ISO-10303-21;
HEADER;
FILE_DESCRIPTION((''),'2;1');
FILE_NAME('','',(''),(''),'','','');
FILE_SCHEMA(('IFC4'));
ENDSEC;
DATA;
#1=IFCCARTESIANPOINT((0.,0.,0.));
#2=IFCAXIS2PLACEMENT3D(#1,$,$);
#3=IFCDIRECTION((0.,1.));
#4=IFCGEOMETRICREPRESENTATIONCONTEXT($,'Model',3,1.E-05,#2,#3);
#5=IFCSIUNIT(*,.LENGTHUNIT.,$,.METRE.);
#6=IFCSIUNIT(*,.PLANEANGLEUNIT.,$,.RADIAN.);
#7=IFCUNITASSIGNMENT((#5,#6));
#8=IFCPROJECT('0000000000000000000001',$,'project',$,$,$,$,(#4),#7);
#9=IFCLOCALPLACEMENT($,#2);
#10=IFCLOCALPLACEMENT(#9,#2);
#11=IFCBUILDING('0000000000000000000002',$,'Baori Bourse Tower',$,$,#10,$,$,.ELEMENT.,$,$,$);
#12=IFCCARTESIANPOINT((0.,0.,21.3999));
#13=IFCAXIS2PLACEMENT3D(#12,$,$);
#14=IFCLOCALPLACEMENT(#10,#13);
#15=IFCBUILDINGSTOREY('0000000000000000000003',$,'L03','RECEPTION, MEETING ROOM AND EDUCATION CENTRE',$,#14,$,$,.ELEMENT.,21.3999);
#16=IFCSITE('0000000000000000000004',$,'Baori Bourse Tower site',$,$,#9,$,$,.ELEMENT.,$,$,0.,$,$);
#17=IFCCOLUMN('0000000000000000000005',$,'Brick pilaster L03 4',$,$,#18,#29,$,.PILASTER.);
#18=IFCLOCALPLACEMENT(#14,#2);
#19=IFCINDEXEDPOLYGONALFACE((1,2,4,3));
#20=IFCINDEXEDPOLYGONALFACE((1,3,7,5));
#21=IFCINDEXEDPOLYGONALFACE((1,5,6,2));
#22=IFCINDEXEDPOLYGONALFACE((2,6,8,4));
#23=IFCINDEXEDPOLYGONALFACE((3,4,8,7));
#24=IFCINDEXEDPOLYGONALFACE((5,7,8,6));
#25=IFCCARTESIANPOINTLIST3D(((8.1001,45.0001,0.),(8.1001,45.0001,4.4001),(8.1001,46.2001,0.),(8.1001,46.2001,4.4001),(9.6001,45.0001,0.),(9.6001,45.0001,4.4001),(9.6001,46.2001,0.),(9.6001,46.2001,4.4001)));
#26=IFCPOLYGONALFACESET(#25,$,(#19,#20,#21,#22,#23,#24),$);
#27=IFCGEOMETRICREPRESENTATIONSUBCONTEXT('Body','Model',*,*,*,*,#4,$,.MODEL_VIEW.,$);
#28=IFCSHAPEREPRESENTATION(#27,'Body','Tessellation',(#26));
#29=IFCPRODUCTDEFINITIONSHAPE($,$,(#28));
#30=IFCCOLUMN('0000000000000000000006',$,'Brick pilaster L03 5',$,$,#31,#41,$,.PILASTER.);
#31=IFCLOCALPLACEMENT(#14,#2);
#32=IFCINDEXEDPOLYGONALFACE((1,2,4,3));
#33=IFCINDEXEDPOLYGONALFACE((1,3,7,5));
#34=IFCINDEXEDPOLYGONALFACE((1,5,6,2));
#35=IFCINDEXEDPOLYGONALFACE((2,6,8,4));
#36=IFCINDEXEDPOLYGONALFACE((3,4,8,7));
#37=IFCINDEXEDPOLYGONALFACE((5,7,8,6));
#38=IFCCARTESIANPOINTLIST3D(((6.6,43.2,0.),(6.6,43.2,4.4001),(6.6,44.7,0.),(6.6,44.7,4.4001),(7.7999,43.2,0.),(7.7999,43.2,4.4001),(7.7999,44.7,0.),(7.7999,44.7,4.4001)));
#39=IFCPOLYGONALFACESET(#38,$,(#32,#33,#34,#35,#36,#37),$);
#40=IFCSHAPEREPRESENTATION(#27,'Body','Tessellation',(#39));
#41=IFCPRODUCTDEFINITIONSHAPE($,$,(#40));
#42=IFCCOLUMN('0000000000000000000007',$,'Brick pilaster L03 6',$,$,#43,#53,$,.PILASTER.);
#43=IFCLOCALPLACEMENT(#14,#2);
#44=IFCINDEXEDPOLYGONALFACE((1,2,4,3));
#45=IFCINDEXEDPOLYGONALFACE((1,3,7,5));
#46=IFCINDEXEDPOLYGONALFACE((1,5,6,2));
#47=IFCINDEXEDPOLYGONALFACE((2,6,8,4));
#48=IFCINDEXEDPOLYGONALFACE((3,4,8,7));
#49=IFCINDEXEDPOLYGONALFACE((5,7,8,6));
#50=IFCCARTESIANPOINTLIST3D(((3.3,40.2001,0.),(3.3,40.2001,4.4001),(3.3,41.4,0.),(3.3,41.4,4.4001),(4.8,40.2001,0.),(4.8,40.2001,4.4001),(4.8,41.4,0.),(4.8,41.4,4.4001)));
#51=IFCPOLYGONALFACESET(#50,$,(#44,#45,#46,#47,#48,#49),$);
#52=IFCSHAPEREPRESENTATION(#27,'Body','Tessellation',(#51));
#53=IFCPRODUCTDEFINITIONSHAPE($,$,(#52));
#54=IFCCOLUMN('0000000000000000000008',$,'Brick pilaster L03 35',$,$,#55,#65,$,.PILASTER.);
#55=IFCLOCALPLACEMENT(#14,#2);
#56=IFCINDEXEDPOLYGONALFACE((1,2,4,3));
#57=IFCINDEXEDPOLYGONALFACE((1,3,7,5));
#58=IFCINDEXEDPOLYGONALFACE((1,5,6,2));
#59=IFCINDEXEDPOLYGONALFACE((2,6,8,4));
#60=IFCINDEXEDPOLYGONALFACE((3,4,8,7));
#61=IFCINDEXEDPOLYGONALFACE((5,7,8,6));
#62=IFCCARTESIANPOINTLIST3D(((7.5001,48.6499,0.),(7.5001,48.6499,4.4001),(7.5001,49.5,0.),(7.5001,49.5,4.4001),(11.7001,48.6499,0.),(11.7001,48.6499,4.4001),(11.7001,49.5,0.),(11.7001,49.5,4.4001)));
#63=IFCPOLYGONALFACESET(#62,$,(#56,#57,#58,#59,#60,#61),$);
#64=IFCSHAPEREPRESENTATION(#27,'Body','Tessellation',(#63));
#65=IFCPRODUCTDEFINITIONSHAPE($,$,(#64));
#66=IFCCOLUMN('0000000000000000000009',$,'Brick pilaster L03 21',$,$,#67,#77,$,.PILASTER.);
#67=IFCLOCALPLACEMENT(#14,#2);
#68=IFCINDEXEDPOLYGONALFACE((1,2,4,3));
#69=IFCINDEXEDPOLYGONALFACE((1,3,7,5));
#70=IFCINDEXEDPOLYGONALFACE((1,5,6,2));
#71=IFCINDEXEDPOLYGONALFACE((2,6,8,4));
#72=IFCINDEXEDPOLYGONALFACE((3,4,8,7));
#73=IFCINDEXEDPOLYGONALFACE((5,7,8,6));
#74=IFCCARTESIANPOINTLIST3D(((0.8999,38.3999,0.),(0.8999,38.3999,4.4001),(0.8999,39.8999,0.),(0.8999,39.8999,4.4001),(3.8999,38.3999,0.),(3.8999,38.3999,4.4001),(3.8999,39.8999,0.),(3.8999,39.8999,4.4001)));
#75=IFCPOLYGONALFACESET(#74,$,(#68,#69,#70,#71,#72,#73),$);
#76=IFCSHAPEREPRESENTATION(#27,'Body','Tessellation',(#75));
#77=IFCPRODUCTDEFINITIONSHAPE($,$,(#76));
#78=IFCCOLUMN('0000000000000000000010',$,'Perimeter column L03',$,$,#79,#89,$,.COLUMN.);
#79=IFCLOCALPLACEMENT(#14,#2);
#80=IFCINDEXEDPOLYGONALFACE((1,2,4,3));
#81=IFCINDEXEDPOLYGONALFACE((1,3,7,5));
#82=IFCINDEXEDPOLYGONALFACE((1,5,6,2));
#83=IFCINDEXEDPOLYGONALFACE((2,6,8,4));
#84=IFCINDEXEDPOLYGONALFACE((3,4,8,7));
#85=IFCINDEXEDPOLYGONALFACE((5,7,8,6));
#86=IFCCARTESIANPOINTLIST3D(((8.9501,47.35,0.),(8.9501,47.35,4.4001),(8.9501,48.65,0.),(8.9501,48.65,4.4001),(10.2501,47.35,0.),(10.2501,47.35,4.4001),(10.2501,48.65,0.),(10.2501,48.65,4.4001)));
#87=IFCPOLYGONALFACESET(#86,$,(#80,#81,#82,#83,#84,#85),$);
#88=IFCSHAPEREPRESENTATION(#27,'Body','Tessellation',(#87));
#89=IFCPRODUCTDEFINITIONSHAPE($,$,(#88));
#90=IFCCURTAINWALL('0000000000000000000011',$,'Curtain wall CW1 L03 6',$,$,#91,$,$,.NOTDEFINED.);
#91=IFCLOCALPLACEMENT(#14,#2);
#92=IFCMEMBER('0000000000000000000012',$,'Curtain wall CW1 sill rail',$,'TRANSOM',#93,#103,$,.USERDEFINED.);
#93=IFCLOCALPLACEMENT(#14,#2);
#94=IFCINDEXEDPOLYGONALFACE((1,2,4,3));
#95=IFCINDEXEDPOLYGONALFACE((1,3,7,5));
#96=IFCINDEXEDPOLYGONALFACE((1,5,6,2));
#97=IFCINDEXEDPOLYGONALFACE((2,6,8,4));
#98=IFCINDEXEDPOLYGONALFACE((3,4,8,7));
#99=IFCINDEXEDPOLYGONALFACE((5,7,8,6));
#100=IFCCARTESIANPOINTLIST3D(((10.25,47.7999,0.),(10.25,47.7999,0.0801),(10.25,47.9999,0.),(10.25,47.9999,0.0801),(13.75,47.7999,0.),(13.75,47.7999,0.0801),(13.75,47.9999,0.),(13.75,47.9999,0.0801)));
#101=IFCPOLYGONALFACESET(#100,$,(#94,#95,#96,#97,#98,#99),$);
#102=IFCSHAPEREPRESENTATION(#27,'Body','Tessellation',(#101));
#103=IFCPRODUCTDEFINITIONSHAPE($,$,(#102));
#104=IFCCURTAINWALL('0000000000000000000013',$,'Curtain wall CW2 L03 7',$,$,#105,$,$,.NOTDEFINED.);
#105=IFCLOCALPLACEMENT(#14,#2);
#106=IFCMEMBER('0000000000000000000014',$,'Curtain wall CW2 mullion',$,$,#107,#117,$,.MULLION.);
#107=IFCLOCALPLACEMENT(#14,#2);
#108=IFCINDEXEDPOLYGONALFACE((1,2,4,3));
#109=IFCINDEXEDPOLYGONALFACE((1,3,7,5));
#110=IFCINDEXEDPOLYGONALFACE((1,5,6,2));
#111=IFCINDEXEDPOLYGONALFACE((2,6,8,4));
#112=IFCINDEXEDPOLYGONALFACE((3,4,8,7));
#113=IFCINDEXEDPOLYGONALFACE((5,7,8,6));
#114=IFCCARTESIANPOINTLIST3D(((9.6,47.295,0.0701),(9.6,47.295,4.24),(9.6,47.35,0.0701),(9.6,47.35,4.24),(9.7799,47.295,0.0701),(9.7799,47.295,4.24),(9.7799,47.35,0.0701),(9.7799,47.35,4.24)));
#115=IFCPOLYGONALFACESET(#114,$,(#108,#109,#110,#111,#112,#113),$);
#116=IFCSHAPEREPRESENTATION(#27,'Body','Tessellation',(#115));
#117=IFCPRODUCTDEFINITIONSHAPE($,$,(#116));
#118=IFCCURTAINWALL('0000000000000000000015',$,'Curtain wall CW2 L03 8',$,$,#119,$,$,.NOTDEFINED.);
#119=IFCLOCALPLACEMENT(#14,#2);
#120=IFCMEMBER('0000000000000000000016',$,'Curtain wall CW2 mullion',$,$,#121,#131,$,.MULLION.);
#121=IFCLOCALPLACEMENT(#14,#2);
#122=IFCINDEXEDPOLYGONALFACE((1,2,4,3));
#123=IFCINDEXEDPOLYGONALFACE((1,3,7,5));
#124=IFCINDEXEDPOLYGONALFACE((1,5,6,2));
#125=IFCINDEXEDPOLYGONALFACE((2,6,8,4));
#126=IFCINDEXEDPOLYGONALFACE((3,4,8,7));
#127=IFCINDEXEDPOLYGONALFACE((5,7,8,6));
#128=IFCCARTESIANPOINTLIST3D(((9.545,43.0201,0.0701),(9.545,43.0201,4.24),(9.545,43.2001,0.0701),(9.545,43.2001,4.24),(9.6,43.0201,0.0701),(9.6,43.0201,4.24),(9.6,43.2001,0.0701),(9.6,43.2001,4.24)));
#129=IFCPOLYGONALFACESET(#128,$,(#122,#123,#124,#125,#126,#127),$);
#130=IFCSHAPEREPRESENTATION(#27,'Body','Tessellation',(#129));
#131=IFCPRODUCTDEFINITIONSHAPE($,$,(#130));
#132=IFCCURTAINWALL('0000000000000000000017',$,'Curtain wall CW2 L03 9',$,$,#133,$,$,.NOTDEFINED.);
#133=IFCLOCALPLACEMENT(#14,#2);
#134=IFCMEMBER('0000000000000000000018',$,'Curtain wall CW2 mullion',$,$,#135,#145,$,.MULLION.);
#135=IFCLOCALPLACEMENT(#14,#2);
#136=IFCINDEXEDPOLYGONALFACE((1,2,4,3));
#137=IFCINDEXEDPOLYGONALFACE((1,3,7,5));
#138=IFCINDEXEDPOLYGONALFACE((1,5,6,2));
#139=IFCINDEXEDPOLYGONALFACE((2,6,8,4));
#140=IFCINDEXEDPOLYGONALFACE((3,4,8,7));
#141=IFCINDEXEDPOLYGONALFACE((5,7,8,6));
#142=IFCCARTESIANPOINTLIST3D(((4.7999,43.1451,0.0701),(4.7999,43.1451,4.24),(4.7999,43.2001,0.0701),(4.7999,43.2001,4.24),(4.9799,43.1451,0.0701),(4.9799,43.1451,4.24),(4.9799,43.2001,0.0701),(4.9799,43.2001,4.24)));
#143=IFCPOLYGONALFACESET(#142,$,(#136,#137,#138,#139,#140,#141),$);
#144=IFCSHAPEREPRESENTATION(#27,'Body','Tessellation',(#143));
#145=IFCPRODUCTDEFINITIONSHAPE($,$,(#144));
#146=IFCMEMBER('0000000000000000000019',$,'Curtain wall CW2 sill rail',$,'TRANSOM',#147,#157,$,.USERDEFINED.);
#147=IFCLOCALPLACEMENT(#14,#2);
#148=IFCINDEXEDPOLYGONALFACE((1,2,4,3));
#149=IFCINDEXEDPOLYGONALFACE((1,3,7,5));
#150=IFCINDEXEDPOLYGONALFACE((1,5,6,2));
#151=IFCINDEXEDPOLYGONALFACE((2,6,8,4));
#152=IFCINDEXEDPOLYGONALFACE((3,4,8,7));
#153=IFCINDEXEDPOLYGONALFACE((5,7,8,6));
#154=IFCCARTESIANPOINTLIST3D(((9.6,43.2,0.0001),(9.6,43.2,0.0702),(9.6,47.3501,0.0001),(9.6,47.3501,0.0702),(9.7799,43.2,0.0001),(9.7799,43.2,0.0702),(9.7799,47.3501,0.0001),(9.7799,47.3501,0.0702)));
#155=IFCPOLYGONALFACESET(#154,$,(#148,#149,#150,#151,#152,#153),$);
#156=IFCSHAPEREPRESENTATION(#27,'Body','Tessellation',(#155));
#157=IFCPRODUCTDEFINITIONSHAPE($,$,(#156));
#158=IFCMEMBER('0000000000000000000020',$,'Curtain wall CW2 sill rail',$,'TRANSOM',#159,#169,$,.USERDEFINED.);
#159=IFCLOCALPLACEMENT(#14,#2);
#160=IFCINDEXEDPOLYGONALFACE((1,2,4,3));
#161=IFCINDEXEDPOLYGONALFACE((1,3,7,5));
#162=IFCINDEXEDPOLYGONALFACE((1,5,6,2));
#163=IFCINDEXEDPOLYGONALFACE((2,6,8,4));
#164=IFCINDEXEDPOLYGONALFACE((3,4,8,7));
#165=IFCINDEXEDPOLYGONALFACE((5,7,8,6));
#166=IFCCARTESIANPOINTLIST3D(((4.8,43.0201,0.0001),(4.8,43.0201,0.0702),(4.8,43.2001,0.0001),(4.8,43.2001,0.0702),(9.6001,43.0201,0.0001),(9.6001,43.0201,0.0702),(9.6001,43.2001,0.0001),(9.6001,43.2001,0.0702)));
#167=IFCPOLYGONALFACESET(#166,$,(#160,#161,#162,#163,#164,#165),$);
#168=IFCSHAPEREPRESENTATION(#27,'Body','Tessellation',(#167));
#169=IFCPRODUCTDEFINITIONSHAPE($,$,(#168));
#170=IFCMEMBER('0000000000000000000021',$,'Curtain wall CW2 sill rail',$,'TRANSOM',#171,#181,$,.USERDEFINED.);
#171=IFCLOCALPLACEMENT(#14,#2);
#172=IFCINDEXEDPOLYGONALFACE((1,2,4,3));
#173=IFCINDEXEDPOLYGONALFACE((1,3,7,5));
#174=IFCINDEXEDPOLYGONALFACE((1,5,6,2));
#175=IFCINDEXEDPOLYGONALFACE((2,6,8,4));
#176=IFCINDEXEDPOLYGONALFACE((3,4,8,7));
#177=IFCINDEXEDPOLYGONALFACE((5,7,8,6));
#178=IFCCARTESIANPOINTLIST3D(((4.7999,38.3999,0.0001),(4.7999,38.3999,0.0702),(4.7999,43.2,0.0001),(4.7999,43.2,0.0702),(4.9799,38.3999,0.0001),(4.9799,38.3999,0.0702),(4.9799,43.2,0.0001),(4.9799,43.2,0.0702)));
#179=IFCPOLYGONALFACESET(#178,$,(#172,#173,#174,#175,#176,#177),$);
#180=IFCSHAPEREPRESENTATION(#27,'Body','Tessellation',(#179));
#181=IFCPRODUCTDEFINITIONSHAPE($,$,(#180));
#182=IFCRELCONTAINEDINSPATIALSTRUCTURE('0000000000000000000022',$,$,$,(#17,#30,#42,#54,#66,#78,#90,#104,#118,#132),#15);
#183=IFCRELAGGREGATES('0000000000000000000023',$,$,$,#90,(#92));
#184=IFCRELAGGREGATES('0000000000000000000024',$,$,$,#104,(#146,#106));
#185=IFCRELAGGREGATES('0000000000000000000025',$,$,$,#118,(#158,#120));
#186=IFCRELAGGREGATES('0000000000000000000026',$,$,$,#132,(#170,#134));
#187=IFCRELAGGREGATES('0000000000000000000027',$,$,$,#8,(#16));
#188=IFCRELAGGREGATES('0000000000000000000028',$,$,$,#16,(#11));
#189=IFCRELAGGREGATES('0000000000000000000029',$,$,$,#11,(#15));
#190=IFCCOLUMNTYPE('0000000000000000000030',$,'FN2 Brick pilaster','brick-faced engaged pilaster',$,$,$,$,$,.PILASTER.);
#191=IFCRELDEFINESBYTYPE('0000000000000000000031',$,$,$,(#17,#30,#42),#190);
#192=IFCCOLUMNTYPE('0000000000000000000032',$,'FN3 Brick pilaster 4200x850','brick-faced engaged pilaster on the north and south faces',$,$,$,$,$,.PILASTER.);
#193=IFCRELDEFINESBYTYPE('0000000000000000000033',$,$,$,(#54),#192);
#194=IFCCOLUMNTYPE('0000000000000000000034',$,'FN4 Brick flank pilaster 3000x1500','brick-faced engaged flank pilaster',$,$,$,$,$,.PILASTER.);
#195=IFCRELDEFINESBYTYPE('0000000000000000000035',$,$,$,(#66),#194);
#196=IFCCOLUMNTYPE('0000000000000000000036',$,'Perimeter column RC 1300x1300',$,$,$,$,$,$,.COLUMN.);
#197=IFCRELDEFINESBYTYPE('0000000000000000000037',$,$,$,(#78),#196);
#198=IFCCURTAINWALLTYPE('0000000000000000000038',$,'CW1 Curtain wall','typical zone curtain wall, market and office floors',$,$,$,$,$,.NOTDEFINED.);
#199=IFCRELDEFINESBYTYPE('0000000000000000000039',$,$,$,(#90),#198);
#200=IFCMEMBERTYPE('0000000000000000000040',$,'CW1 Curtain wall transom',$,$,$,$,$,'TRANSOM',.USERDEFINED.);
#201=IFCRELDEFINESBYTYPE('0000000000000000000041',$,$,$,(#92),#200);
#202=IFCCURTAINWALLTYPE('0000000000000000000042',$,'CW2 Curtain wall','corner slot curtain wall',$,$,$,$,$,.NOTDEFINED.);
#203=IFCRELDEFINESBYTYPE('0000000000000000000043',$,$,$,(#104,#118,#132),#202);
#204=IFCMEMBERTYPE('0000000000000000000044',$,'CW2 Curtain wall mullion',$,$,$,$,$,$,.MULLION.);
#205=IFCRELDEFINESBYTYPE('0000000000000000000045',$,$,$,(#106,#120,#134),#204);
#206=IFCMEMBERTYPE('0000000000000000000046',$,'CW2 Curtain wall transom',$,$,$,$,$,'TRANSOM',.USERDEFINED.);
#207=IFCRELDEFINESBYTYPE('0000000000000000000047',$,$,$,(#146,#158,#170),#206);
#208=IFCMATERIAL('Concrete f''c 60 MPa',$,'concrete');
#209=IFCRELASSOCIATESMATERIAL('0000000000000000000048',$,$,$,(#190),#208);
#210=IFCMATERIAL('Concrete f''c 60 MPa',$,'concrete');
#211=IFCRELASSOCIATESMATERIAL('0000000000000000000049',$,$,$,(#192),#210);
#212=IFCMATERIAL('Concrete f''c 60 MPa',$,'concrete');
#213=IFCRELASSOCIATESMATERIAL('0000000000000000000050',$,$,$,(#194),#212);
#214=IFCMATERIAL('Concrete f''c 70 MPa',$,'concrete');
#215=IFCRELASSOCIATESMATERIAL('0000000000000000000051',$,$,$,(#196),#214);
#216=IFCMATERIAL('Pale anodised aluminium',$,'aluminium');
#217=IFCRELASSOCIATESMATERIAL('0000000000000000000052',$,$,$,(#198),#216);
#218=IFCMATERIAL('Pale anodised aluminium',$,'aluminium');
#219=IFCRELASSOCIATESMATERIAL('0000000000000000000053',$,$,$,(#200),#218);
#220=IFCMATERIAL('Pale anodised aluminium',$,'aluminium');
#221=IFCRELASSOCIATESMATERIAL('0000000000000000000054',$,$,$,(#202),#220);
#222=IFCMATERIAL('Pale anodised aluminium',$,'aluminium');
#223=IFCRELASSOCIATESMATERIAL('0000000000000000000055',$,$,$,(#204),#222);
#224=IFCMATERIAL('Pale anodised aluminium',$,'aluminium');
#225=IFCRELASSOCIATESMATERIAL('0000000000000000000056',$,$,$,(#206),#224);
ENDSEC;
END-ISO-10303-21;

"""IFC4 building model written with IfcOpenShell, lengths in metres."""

from ifc_helpers import new_model, si_unit, direction, frame, origin, origin_2d, place, context, subcontext, project, spatial, rectangle, extrude, material, material_profile, profile_set, type_object, element, aggregate, save


model = new_model("IFC4")

# Units and contexts
model_context = context("Model", 3, precision=1e-05, world=origin(), true_north=direction((0.0, 1.0)))
body_context = subcontext(model_context, "Body", "Model", "MODEL_VIEW")
ifc_project = project(units=[si_unit("LENGTHUNIT", "METRE"), si_unit("PLANEANGLEUNIT", "RADIAN")], contexts=[model_context])

# Site, building, storey
site_placement = place(None, origin())
site = spatial("IfcSite", under=ifc_project, at=site_placement, Name="Baori Bourse Tower site", CompositionType="ELEMENT", RefElevation=0.0)
building_placement = place(site_placement, origin())
building = spatial("IfcBuilding", under=site, at=building_placement, Name="Baori Bourse Tower", CompositionType="ELEMENT")
storey_placement = place(building_placement, frame((0.0, 0.0, 21.3999)))
storey = spatial("IfcBuildingStorey", under=building, at=storey_placement, Name="L03", Description="RECEPTION, MEETING ROOM AND EDUCATION CENTRE", CompositionType="ELEMENT", Elevation=21.3999)

# Columns
ifc_material_1 = material(Name="Concrete f'c 60 MPa", Category="concrete")
ifc_material_profile_1 = material_profile(ifc_material_1, rectangle(XDim=1.2, YDim=1.5, at=origin_2d()), Name="RC 1200x1500")
ifc_profile_set_1 = profile_set([ifc_material_profile_1], Name="Concrete f'c 60 MPa")
column_type_1 = type_object("IfcColumnType", Name="FN2 Brick pilaster", Description="brick-faced engaged pilaster", PredefinedType="PILASTER", material=ifc_profile_set_1)
for number, where, z_axis, x_axis, name in (
    (1, (8.8501, 45.6001, 0.0), (0.0, 0.0, 1.0), (0.0, 1.0, 0.0), "Brick pilaster L03 4"),
    (2, (7.2, 43.95, 0.0), (0.0, 0.0, 1.0), (1.0, 0.0, 0.0), "Brick pilaster L03 5"),
    (3, (4.05, 40.8, 0.0), (0.0, 0.0, 1.0), (0.0, 1.0, 0.0), "Brick pilaster L03 6"),
):
    element("IfcColumn", number, at=place(storey_placement, frame(where, z_axis=z_axis, x_axis=x_axis)), inside=storey, type_object=column_type_1, Name=name, PredefinedType="PILASTER", context=body_context, shape_type="SweptSolid", body=[
        extrude(rectangle(XDim=1.2, YDim=1.5, at=origin_2d()), origin(), (0.0, 0.0, 1.0), 4.4001),
    ])
ifc_material_2 = material(Name="Concrete f'c 60 MPa", Category="concrete")
ifc_material_profile_2 = material_profile(ifc_material_2, rectangle(XDim=4.2, YDim=0.8501, at=origin_2d()), Name="RC 4200x850")
ifc_profile_set_2 = profile_set([ifc_material_profile_2], Name="Concrete f'c 60 MPa")
column_type_2 = type_object("IfcColumnType", Name="FN3 Brick pilaster 4200x850", Description="brick-faced engaged pilaster on the north and south faces", PredefinedType="PILASTER", material=ifc_profile_set_2)
column_1_placement = place(storey_placement, frame((9.6001, 49.075, 0.0), z_axis=(0.0, 0.0, 1.0), x_axis=(1.0, 0.0, 0.0)))
element("IfcColumn", 4, at=column_1_placement, inside=storey, type_object=column_type_2, Name="Brick pilaster L03 35", PredefinedType="PILASTER", context=body_context, shape_type="SweptSolid", body=[
    extrude(rectangle(XDim=4.2, YDim=0.8501, at=origin_2d()), origin(), (0.0, 0.0, 1.0), 4.4001),
])
ifc_material_3 = material(Name="Concrete f'c 60 MPa", Category="concrete")
ifc_material_profile_3 = material_profile(ifc_material_3, rectangle(XDim=3.0, YDim=1.5, at=origin_2d()), Name="RC 3000x1500")
ifc_profile_set_3 = profile_set([ifc_material_profile_3], Name="Concrete f'c 60 MPa")
column_type_3 = type_object("IfcColumnType", Name="FN4 Brick flank pilaster 3000x1500", Description="brick-faced engaged flank pilaster", PredefinedType="PILASTER", material=ifc_profile_set_3)
column_2_placement = place(storey_placement, frame((2.3999, 39.1499, 0.0), z_axis=(0.0, 0.0, 1.0), x_axis=(1.0, 0.0, 0.0)))
element("IfcColumn", 5, at=column_2_placement, inside=storey, type_object=column_type_3, Name="Brick pilaster L03 21", PredefinedType="PILASTER", context=body_context, shape_type="SweptSolid", body=[
    extrude(rectangle(XDim=3.0, YDim=1.5, at=origin_2d()), origin(), (0.0, 0.0, 1.0), 4.4001),
])
ifc_material_4 = material(Name="Concrete f'c 70 MPa", Category="concrete")
ifc_material_profile_4 = material_profile(ifc_material_4, rectangle(XDim=1.3, YDim=1.3, at=origin_2d()), Name="RC 1300x1300")
ifc_profile_set_4 = profile_set([ifc_material_profile_4], Name="Concrete f'c 70 MPa")
column_type_4 = type_object("IfcColumnType", Name="Perimeter column RC 1300x1300", PredefinedType="COLUMN", material=ifc_profile_set_4)
column_3_placement = place(storey_placement, frame((9.6001, 48.0, 0.0), z_axis=(0.0, 0.0, 1.0), x_axis=(1.0, 0.0, 0.0)))
element("IfcColumn", 6, at=column_3_placement, inside=storey, type_object=column_type_4, Name="Perimeter column L03", PredefinedType="COLUMN", context=body_context, shape_type="SweptSolid", body=[
    extrude(rectangle(XDim=1.3, YDim=1.3, at=origin_2d()), origin(), (0.0, 0.0, 1.0), 4.4001),
])

# Curtain walls, members
ifc_material_5 = material(Name="Pale anodised aluminium", Category="aluminium")
curtain_wall_type_1 = type_object("IfcCurtainWallType", Name="CW1 Curtain wall", Description="typical zone curtain wall, market and office floors", PredefinedType="NOTDEFINED", material=ifc_material_5)
curtain_wall_1_placement = place(storey_placement, origin())
curtain_wall_1 = element("IfcCurtainWall", 7, at=curtain_wall_1_placement, inside=storey, type_object=curtain_wall_type_1, Name="Curtain wall CW1 L03 6", PredefinedType="NOTDEFINED")
ifc_material_6 = material(Name="Pale anodised aluminium", Category="aluminium")
ifc_material_profile_5 = material_profile(ifc_material_6, rectangle(XDim=0.2, YDim=0.0801, at=origin_2d()), Name="Transom 80x200")
ifc_profile_set_5 = profile_set([ifc_material_profile_5], Name="Pale anodised aluminium")
member_type_1 = type_object("IfcMemberType", Name="CW1 Curtain wall transom", ElementType="TRANSOM", PredefinedType="USERDEFINED", material=ifc_profile_set_5)
member_1_placement = place(storey_placement, frame((13.75, 47.8999, 0.04), z_axis=(-1.0, 0.0, 0.0), x_axis=(0.0, -1.0, 0.0)))
member_1 = element("IfcMember", 8, at=member_1_placement, type_object=member_type_1, Name="Curtain wall CW1 sill rail", ObjectType="TRANSOM", PredefinedType="USERDEFINED", context=body_context, shape_type="SweptSolid", body=[
    extrude(rectangle(XDim=0.2, YDim=0.0801, at=origin_2d()), origin(), (0.0, 0.0, 1.0), 3.5),
])
ifc_material_7 = material(Name="Pale anodised aluminium", Category="aluminium")
curtain_wall_type_2 = type_object("IfcCurtainWallType", Name="CW2 Curtain wall", Description="corner slot curtain wall", PredefinedType="NOTDEFINED", material=ifc_material_7)
curtain_wall_2_placement = place(storey_placement, origin())
curtain_wall_2 = element("IfcCurtainWall", 9, at=curtain_wall_2_placement, inside=storey, type_object=curtain_wall_type_2, Name="Curtain wall CW2 L03 7", PredefinedType="NOTDEFINED")
ifc_material_8 = material(Name="Pale anodised aluminium", Category="aluminium")
ifc_material_profile_6 = material_profile(ifc_material_8, rectangle(XDim=0.1799, YDim=0.0549, at=origin_2d()), Name="Mullion 55x180")
ifc_profile_set_6 = profile_set([ifc_material_profile_6], Name="Pale anodised aluminium")
member_type_2 = type_object("IfcMemberType", Name="CW2 Curtain wall mullion", PredefinedType="MULLION", material=ifc_profile_set_6)
member_2_placement = place(storey_placement, frame((9.6899, 47.3225, 0.0701), z_axis=(0.0, 0.0, 1.0), x_axis=(1.0, 0.0, 0.0)))
member_2 = element("IfcMember", 10, at=member_2_placement, type_object=member_type_2, Name="Curtain wall CW2 mullion", PredefinedType="MULLION", context=body_context, shape_type="SweptSolid", body=[
    extrude(rectangle(XDim=0.1799, YDim=0.0549, at=origin_2d()), origin(), (0.0, 0.0, 1.0), 4.1699),
])
curtain_wall_3_placement = place(storey_placement, origin())
curtain_wall_3 = element("IfcCurtainWall", 11, at=curtain_wall_3_placement, inside=storey, type_object=curtain_wall_type_2, Name="Curtain wall CW2 L03 8", PredefinedType="NOTDEFINED")
member_3_placement = place(storey_placement, frame((9.5725, 43.1101, 0.0701), z_axis=(0.0, 0.0, 1.0), x_axis=(0.0, -1.0, 0.0)))
member_3 = element("IfcMember", 12, at=member_3_placement, type_object=member_type_2, Name="Curtain wall CW2 mullion", PredefinedType="MULLION", context=body_context, shape_type="SweptSolid", body=[
    extrude(rectangle(XDim=0.1799, YDim=0.0549, at=origin_2d()), origin(), (0.0, 0.0, 1.0), 4.1699),
])
curtain_wall_4_placement = place(storey_placement, origin())
curtain_wall_4 = element("IfcCurtainWall", 13, at=curtain_wall_4_placement, inside=storey, type_object=curtain_wall_type_2, Name="Curtain wall CW2 L03 9", PredefinedType="NOTDEFINED")
member_4_placement = place(storey_placement, frame((4.8899, 43.1726, 0.0701), z_axis=(0.0, 0.0, 1.0), x_axis=(1.0, 0.0, 0.0)))
member_4 = element("IfcMember", 14, at=member_4_placement, type_object=member_type_2, Name="Curtain wall CW2 mullion", PredefinedType="MULLION", context=body_context, shape_type="SweptSolid", body=[
    extrude(rectangle(XDim=0.1799, YDim=0.0549, at=origin_2d()), origin(), (0.0, 0.0, 1.0), 4.1699),
])

# Members
ifc_material_9 = material(Name="Pale anodised aluminium", Category="aluminium")
ifc_material_profile_7 = material_profile(ifc_material_9, rectangle(XDim=0.1799, YDim=0.0701, at=origin_2d()), Name="Transom 70x180")
ifc_profile_set_7 = profile_set([ifc_material_profile_7], Name="Pale anodised aluminium")
member_type_3 = type_object("IfcMemberType", Name="CW2 Curtain wall transom", ElementType="TRANSOM", PredefinedType="USERDEFINED", material=ifc_profile_set_7)
member_5_placement = place(storey_placement, frame((9.6899, 47.3501, 0.0352), z_axis=(0.0, -1.0, 0.0), x_axis=(1.0, 0.0, 0.0)))
member_5 = element("IfcMember", 15, at=member_5_placement, type_object=member_type_3, Name="Curtain wall CW2 sill rail", ObjectType="TRANSOM", PredefinedType="USERDEFINED", context=body_context, shape_type="SweptSolid", body=[
    extrude(rectangle(XDim=0.1799, YDim=0.0701, at=origin_2d()), origin(), (0.0, 0.0, 1.0), 4.1501),
])
member_6_placement = place(storey_placement, frame((9.6001, 43.1101, 0.0352), z_axis=(-1.0, 0.0, 0.0), x_axis=(0.0, -1.0, 0.0)))
member_6 = element("IfcMember", 16, at=member_6_placement, type_object=member_type_3, Name="Curtain wall CW2 sill rail", ObjectType="TRANSOM", PredefinedType="USERDEFINED", context=body_context, shape_type="SweptSolid", body=[
    extrude(rectangle(XDim=0.1799, YDim=0.0701, at=origin_2d()), origin(), (0.0, 0.0, 1.0), 4.8),
])
member_7_placement = place(storey_placement, frame((4.8899, 43.2, 0.0352), z_axis=(0.0, -1.0, 0.0), x_axis=(1.0, 0.0, 0.0)))
member_7 = element("IfcMember", 17, at=member_7_placement, type_object=member_type_3, Name="Curtain wall CW2 sill rail", ObjectType="TRANSOM", PredefinedType="USERDEFINED", context=body_context, shape_type="SweptSolid", body=[
    extrude(rectangle(XDim=0.1799, YDim=0.0701, at=origin_2d()), origin(), (0.0, 0.0, 1.0), 4.8),
])

aggregate(curtain_wall_1, [member_1])
aggregate(curtain_wall_2, [member_5, member_2])
aggregate(curtain_wall_3, [member_6, member_3])
aggregate(curtain_wall_4, [member_7, member_4])

save(model, "model.ifc")
